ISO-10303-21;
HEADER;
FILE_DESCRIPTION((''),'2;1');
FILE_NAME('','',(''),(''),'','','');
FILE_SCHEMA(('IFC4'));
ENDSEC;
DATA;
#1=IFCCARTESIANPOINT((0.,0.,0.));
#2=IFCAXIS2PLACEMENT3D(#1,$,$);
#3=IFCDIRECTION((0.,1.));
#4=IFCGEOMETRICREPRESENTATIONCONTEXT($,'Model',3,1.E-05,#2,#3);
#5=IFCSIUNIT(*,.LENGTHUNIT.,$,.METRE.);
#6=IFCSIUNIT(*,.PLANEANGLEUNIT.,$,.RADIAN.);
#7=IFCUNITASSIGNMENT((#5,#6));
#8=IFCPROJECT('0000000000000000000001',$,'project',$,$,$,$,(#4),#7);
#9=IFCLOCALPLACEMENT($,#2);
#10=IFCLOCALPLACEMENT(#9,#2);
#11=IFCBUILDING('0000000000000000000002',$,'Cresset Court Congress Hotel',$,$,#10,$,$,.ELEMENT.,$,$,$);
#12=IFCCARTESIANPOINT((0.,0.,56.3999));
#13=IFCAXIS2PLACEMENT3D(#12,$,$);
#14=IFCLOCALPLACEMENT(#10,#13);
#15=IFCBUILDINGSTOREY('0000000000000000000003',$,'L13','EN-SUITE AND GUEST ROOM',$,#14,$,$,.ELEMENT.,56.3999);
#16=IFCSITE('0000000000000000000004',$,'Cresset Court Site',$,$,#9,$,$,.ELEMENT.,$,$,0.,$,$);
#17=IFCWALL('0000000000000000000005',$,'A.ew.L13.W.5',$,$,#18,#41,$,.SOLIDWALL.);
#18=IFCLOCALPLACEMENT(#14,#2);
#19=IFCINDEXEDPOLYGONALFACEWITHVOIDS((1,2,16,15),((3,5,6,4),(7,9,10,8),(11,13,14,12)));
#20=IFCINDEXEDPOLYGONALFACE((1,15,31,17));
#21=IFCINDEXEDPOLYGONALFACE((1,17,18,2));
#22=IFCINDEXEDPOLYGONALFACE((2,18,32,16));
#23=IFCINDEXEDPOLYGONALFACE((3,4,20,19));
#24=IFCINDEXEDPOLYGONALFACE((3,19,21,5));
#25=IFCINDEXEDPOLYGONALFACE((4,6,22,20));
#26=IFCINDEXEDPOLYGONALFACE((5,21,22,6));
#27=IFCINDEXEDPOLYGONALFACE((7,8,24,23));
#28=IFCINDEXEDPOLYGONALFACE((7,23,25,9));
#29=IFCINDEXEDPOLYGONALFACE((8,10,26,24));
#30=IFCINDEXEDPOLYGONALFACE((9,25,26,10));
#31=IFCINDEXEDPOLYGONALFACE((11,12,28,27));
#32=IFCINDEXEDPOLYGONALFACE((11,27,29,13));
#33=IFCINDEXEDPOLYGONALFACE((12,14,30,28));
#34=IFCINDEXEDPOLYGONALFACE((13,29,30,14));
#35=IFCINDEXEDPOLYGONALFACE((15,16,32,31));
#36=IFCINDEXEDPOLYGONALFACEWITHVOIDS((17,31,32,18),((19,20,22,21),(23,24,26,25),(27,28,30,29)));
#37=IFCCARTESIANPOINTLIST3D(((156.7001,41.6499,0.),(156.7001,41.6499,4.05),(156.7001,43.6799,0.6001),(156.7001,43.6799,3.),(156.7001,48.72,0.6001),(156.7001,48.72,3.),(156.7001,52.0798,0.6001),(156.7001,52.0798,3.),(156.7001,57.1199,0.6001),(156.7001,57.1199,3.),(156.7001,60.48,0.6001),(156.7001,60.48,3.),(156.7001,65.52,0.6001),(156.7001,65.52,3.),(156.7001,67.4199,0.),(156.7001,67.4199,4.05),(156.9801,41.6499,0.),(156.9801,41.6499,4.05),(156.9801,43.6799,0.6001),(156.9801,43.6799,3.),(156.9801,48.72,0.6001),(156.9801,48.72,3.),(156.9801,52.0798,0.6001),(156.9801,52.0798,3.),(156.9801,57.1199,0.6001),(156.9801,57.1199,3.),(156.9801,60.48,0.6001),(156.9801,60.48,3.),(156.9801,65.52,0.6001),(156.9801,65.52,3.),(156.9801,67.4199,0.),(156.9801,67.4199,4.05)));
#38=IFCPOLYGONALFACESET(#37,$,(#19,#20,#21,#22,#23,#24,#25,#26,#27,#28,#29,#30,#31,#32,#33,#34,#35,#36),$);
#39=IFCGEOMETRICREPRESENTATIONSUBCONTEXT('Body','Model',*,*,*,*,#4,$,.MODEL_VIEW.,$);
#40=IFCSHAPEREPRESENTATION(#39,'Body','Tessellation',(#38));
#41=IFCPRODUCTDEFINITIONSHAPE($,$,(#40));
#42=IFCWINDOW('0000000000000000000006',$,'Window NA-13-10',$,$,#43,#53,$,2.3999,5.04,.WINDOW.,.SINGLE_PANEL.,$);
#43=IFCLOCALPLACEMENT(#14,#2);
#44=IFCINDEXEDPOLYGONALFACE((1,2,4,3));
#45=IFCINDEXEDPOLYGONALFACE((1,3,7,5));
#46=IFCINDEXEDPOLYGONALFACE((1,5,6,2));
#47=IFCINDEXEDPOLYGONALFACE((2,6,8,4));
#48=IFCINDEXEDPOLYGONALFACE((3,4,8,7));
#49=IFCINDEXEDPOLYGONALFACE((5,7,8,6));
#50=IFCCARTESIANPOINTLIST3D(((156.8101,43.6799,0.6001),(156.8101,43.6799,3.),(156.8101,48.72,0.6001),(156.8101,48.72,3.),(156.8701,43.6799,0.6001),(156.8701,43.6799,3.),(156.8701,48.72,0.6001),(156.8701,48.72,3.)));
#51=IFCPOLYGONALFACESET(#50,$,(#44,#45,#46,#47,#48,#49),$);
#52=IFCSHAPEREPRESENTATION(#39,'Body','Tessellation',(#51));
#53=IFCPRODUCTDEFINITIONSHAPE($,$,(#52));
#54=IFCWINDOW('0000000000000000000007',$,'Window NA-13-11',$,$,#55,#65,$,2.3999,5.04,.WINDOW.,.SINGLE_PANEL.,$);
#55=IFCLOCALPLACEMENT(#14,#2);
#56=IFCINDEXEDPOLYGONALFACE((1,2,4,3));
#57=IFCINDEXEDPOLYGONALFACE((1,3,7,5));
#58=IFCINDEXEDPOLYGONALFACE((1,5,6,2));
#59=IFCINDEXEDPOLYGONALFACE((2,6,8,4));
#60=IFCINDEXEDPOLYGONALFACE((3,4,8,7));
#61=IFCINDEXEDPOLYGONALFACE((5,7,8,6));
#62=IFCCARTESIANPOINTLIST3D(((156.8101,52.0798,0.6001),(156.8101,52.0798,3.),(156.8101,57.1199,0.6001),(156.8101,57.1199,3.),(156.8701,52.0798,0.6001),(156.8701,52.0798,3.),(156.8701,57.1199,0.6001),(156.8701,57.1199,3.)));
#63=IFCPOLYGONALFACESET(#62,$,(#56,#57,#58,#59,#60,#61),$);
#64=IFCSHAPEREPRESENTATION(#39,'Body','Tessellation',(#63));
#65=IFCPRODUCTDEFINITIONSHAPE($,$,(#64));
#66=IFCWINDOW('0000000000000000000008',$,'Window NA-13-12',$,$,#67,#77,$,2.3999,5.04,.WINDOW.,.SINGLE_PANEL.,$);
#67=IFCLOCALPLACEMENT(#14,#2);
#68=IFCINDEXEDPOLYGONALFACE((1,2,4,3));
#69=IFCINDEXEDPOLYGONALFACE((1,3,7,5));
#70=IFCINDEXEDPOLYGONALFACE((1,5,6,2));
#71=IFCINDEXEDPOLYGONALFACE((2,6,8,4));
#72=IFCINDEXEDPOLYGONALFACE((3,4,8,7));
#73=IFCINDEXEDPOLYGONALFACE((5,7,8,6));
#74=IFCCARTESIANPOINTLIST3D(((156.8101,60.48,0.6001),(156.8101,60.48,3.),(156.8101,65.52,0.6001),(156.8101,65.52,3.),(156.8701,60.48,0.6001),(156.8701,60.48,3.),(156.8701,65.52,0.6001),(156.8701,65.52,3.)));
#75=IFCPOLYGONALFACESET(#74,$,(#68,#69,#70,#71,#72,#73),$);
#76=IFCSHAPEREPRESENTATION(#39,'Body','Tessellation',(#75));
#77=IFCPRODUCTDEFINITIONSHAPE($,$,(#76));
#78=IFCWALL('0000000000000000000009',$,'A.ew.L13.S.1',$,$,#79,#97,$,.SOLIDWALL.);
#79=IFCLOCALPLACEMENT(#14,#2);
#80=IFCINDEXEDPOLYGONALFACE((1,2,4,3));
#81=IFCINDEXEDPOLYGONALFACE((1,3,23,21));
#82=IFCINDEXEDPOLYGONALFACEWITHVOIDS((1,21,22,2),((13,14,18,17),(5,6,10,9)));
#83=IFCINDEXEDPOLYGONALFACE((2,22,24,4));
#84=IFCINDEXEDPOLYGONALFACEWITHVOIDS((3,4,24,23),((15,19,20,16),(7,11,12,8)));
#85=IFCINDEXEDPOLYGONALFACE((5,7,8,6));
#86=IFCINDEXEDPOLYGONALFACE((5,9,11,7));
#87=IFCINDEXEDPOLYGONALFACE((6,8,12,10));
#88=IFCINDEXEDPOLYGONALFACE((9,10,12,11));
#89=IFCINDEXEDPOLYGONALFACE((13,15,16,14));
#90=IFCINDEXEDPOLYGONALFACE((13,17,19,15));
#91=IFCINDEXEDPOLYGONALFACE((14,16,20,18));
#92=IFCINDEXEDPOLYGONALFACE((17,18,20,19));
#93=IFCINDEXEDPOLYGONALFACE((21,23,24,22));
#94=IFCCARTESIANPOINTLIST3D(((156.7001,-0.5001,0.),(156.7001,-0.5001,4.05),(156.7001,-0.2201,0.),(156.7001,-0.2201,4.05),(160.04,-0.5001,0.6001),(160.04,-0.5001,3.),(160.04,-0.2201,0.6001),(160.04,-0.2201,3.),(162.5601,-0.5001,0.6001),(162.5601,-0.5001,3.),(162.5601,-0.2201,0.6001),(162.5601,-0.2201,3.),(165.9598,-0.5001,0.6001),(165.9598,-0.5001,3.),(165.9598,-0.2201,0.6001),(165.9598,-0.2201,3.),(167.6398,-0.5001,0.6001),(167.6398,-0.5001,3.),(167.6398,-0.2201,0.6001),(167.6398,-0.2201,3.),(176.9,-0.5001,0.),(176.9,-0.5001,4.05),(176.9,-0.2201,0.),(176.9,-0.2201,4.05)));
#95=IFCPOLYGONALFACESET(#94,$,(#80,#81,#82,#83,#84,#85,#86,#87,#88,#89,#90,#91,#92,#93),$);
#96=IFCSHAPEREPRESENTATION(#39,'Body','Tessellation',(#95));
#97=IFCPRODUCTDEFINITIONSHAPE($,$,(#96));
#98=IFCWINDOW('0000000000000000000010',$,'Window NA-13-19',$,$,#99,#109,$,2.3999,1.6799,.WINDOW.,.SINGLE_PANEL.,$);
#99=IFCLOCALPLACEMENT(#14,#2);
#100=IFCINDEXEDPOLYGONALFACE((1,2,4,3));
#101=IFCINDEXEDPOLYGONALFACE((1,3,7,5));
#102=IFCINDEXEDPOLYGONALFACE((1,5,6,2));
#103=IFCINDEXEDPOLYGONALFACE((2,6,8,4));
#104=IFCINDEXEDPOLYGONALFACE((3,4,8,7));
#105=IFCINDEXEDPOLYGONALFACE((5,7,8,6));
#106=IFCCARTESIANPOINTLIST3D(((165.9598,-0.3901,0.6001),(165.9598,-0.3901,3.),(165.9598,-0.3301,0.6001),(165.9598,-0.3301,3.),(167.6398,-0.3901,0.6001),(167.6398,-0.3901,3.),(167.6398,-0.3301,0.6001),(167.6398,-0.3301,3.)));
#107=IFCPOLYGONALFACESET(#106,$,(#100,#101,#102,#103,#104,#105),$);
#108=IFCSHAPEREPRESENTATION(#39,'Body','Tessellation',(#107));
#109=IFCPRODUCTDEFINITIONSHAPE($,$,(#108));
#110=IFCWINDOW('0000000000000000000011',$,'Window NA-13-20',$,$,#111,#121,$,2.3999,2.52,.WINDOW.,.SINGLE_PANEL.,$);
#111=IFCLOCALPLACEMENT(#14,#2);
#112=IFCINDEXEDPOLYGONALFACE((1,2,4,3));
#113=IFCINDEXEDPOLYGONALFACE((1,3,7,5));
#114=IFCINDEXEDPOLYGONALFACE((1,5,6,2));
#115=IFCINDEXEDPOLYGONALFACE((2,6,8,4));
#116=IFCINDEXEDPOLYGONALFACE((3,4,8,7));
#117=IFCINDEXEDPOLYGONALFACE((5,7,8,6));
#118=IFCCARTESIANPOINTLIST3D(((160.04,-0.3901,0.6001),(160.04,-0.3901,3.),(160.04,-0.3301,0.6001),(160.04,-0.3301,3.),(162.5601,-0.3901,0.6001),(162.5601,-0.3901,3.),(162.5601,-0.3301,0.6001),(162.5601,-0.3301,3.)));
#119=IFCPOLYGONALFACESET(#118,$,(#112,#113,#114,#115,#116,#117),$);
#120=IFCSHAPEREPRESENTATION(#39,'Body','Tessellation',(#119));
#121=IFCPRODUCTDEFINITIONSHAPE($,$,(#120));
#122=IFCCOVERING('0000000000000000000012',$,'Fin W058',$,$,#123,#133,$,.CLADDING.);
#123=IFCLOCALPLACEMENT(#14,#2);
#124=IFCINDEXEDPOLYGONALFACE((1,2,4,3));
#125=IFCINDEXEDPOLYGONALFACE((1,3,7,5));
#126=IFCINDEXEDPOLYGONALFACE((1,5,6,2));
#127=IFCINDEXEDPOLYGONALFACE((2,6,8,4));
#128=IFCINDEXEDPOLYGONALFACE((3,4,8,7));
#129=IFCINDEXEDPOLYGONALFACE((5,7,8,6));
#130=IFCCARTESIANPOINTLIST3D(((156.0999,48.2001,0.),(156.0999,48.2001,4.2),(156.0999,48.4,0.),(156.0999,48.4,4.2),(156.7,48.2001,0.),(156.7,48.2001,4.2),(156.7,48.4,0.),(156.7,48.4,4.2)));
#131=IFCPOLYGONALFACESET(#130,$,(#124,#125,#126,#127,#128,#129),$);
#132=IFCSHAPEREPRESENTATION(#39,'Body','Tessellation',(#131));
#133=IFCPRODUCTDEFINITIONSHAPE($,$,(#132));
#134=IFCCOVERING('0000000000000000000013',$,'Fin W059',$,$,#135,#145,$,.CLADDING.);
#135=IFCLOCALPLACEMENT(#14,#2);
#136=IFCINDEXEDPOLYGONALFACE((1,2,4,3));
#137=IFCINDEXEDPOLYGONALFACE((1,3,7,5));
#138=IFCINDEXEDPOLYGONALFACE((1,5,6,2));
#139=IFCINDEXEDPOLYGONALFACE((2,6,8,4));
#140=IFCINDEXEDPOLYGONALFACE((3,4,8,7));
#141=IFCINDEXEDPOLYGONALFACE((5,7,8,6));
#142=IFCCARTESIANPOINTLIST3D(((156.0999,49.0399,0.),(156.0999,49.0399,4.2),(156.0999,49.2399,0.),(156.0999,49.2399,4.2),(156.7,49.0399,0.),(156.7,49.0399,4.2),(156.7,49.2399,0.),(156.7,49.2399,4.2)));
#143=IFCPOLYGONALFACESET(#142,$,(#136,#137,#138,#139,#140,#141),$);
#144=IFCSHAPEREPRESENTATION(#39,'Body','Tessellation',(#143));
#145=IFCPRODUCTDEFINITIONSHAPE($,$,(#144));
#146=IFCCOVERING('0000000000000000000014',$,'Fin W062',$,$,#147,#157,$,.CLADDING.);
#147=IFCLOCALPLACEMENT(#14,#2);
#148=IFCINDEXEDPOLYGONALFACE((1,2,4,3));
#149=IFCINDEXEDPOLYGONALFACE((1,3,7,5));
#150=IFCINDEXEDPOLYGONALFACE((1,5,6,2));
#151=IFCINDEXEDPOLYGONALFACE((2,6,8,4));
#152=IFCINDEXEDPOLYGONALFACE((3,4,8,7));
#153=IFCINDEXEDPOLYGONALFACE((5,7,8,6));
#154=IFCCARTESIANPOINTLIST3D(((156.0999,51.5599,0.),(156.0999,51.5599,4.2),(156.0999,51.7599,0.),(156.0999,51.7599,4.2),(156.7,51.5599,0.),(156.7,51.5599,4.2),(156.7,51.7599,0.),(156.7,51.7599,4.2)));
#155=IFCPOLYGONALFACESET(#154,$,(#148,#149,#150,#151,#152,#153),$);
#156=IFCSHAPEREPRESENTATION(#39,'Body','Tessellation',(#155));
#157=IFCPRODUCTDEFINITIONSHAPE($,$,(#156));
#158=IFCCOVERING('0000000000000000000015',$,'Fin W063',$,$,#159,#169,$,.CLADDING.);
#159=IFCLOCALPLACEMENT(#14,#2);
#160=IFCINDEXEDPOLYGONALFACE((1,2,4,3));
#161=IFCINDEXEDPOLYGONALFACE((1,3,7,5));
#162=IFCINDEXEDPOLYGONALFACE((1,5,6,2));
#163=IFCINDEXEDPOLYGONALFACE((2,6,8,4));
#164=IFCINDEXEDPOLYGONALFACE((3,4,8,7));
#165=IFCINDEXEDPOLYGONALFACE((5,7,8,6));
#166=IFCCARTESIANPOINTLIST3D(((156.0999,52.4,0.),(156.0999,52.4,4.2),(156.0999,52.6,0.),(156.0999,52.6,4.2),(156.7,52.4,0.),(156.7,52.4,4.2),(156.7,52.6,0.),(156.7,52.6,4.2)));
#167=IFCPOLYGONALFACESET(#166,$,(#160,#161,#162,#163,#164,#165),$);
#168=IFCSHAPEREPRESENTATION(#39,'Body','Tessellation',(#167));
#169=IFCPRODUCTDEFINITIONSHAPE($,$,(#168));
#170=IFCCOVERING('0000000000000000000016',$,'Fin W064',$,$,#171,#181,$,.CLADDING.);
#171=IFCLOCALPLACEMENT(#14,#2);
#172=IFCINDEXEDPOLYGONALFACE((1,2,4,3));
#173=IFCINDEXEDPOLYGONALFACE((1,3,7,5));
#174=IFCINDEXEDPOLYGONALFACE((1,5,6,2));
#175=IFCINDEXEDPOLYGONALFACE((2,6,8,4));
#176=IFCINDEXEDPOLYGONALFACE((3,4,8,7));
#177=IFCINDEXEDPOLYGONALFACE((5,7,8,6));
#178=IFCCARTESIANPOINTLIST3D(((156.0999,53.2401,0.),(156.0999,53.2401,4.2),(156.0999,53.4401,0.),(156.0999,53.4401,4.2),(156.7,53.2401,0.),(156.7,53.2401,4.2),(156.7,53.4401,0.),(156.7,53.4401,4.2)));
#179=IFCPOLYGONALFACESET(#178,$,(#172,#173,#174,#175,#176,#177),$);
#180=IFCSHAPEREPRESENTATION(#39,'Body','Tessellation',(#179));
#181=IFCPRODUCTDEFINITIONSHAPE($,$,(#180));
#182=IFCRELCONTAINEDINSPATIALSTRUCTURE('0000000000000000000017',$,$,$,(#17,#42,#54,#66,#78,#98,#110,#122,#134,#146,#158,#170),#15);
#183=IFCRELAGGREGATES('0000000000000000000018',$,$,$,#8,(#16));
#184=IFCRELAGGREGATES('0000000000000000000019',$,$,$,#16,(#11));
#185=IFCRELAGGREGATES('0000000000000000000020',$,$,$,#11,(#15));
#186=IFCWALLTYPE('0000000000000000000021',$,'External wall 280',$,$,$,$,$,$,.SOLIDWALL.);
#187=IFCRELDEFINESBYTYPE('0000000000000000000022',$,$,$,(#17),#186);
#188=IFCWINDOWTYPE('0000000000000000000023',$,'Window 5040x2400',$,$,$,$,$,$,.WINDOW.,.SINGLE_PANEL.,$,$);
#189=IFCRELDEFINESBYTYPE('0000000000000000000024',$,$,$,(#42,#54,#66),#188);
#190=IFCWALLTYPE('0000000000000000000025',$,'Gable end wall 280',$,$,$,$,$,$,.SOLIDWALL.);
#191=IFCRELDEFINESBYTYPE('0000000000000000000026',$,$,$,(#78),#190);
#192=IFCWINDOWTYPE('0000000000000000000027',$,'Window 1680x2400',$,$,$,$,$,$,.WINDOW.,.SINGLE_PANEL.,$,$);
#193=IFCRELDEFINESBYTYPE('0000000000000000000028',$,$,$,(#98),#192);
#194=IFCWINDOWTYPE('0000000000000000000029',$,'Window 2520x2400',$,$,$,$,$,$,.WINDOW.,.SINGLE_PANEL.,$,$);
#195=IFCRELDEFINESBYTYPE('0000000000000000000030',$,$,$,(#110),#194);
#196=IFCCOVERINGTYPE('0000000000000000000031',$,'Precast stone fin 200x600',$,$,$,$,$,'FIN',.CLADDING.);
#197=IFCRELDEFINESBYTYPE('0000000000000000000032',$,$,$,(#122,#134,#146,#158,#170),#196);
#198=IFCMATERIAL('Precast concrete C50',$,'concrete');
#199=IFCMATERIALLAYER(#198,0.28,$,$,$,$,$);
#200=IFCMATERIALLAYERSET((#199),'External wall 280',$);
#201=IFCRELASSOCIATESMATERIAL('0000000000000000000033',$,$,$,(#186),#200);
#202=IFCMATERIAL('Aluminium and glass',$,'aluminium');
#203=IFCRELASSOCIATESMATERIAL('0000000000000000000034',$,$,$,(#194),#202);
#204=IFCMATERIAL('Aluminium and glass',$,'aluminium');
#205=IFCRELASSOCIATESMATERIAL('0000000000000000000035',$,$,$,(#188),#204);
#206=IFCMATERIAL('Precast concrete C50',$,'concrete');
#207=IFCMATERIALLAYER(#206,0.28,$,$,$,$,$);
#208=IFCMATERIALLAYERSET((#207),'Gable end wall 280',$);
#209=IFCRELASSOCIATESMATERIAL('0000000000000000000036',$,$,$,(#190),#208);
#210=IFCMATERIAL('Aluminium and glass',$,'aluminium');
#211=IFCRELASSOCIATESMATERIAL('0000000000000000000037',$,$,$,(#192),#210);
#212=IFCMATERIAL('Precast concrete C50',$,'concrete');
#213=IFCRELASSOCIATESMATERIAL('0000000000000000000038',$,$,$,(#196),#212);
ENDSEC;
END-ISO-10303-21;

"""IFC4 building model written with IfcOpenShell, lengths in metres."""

from ifc_helpers import new_model, si_unit, direction, frame, frame_2d, origin, origin_2d, place, context, subcontext, project, spatial, rectangle, extrude, material, layer, layer_set, type_object, element, fill, save


model = new_model("IFC4")

# Units and contexts
model_context = context("Model", 3, precision=1e-05, world=origin(), true_north=direction((0.0, 1.0)))
body_context = subcontext(model_context, "Body", "Model", "MODEL_VIEW")
ifc_project = project(units=[si_unit("LENGTHUNIT", "METRE"), si_unit("PLANEANGLEUNIT", "RADIAN")], contexts=[model_context])

# Site, building, storey
site_placement = place(None, origin())
site = spatial("IfcSite", under=ifc_project, at=site_placement, Name="Cresset Court Site", CompositionType="ELEMENT", RefElevation=0.0)
building_placement = place(site_placement, origin())
building = spatial("IfcBuilding", under=site, at=building_placement, Name="Cresset Court Congress Hotel", CompositionType="ELEMENT")
storey_placement = place(building_placement, frame((0.0, 0.0, 56.3999)))
storey = spatial("IfcBuildingStorey", under=building, at=storey_placement, Name="L13", Description="EN-SUITE AND GUEST ROOM", CompositionType="ELEMENT", Elevation=56.3999)

# Shared definitions
ifc_material_1 = material(Name="Precast concrete C50", Category="concrete")
ifc_layer_1 = layer(ifc_material_1, 0.28)
ifc_layer_set_1 = layer_set([ifc_layer_1], Name="External wall 280")
wall_type_1 = type_object("IfcWallType", Name="External wall 280", PredefinedType="SOLIDWALL", material=ifc_layer_set_1)

# Shared definitions
ifc_material_2 = material(Name="Aluminium and glass", Category="aluminium")
window_type_1 = type_object("IfcWindowType", Name="Window 2520x2400", PartitioningType="SINGLE_PANEL", PredefinedType="WINDOW", material=ifc_material_2)
ifc_material_3 = material(Name="Aluminium and glass", Category="aluminium")
window_type_2 = type_object("IfcWindowType", Name="Window 5040x2400", PartitioningType="SINGLE_PANEL", PredefinedType="WINDOW", material=ifc_material_3)

# Walls, openings, windows
wall_1_placement = place(storey_placement, frame((156.8401, 41.6499, 0.0), z_axis=(0.0, 0.0, 1.0), x_axis=(0.0, 1.0, 0.0)))
wall_1 = element("IfcWall", 1, at=wall_1_placement, inside=storey, type_object=wall_type_1, Name="A.ew.L13.W.5", PredefinedType="SOLIDWALL", context=body_context, shape_type="SweptSolid", body=[
    extrude(rectangle(XDim=25.77, YDim=0.28, at=frame_2d((12.885, 0.0))), origin(), (0.0, 0.0, 1.0), 4.05),
])
opening_1_placement = place(wall_1_placement, frame((2.03, 0.0, 0.6001)))
opening_1 = element("IfcOpeningElement", 2, at=opening_1_placement, cuts=wall_1, PredefinedType="OPENING", context=body_context, shape_type="SweptSolid", body=[
    extrude(rectangle(XDim=5.04, YDim=2.3999, at=frame_2d((2.52, 1.2))), frame((0.0, 0.1499, 0.0), z_axis=(0.0, -1.0, 0.0), x_axis=(1.0, 0.0, 0.0)), (0.0, 0.0, 1.0), 0.3),
])
opening_2_placement = place(wall_1_placement, frame((10.4299, 0.0, 0.6001)))
opening_2 = element("IfcOpeningElement", 3, at=opening_2_placement, cuts=wall_1, PredefinedType="OPENING", context=body_context, shape_type="SweptSolid", body=[
    extrude(rectangle(XDim=5.04, YDim=2.3999, at=frame_2d((2.52, 1.2))), frame((0.0, 0.1499, 0.0), z_axis=(0.0, -1.0, 0.0), x_axis=(1.0, 0.0, 0.0)), (0.0, 0.0, 1.0), 0.3),
])
opening_3_placement = place(wall_1_placement, frame((18.8301, 0.0, 0.6001)))
opening_3 = element("IfcOpeningElement", 4, at=opening_3_placement, cuts=wall_1, PredefinedType="OPENING", context=body_context, shape_type="SweptSolid", body=[
    extrude(rectangle(XDim=5.04, YDim=2.3999, at=frame_2d((2.52, 1.2))), frame((0.0, 0.1499, 0.0), z_axis=(0.0, -1.0, 0.0), x_axis=(1.0, 0.0, 0.0)), (0.0, 0.0, 1.0), 0.3),
])
window_1_placement = place(opening_1_placement, origin())
window_1 = element("IfcWindow", 5, at=window_1_placement, inside=storey, type_object=window_type_2, Name="Window NA-13-10", OverallHeight=2.3999, OverallWidth=5.04, PartitioningType="SINGLE_PANEL", PredefinedType="WINDOW", context=body_context, shape_type="SweptSolid", body=[
    extrude(rectangle(XDim=5.04, YDim=2.3999, at=frame_2d((2.52, 1.2))), frame((0.0, 0.03, 0.0), z_axis=(0.0, -1.0, 0.0), x_axis=(1.0, 0.0, 0.0)), (0.0, 0.0, 1.0), 0.0601),
])
fill(opening_1, window_1)
window_2_placement = place(opening_2_placement, origin())
window_2 = element("IfcWindow", 6, at=window_2_placement, inside=storey, type_object=window_type_2, Name="Window NA-13-11", OverallHeight=2.3999, OverallWidth=5.04, PartitioningType="SINGLE_PANEL", PredefinedType="WINDOW", context=body_context, shape_type="SweptSolid", body=[
    extrude(rectangle(XDim=5.04, YDim=2.3999, at=frame_2d((2.52, 1.2))), frame((0.0, 0.03, 0.0), z_axis=(0.0, -1.0, 0.0), x_axis=(1.0, 0.0, 0.0)), (0.0, 0.0, 1.0), 0.0601),
])
fill(opening_2, window_2)
window_3_placement = place(opening_3_placement, origin())
window_3 = element("IfcWindow", 7, at=window_3_placement, inside=storey, type_object=window_type_2, Name="Window NA-13-12", OverallHeight=2.3999, OverallWidth=5.04, PartitioningType="SINGLE_PANEL", PredefinedType="WINDOW", context=body_context, shape_type="SweptSolid", body=[
    extrude(rectangle(XDim=5.04, YDim=2.3999, at=frame_2d((2.52, 1.2))), frame((0.0, 0.03, 0.0), z_axis=(0.0, -1.0, 0.0), x_axis=(1.0, 0.0, 0.0)), (0.0, 0.0, 1.0), 0.0601),
])
fill(opening_3, window_3)
ifc_material_4 = material(Name="Precast concrete C50", Category="concrete")
ifc_layer_2 = layer(ifc_material_4, 0.28)
ifc_layer_set_2 = layer_set([ifc_layer_2], Name="Gable end wall 280")
wall_type_2 = type_object("IfcWallType", Name="Gable end wall 280", PredefinedType="SOLIDWALL", material=ifc_layer_set_2)
wall_2_placement = place(storey_placement, frame((156.7, -0.3601, 0.0), z_axis=(0.0, 0.0, 1.0), x_axis=(1.0, 0.0, 0.0)))
wall_2 = element("IfcWall", 8, at=wall_2_placement, inside=storey, type_object=wall_type_2, Name="A.ew.L13.S.1", PredefinedType="SOLIDWALL", context=body_context, shape_type="SweptSolid", body=[
    extrude(rectangle(XDim=20.2, YDim=0.28, at=frame_2d((10.1001, 0.0))), origin(), (0.0, 0.0, 1.0), 4.05),
])
opening_4_placement = place(wall_2_placement, frame((9.26, 0.0, 0.6001)))
opening_4 = element("IfcOpeningElement", 9, at=opening_4_placement, cuts=wall_2, PredefinedType="OPENING", context=body_context, shape_type="SweptSolid", body=[
    extrude(rectangle(XDim=1.6799, YDim=2.3999, at=frame_2d((0.8398, 1.2))), frame((0.0, 0.1499, 0.0), z_axis=(0.0, -1.0, 0.0), x_axis=(1.0, 0.0, 0.0)), (0.0, 0.0, 1.0), 0.3),
])
opening_5_placement = place(wall_2_placement, frame((3.3401, 0.0, 0.6001)))
opening_5 = element("IfcOpeningElement", 10, at=opening_5_placement, cuts=wall_2, PredefinedType="OPENING", context=body_context, shape_type="SweptSolid", body=[
    extrude(rectangle(XDim=2.52, YDim=2.3999, at=frame_2d((1.26, 1.2))), frame((0.0, 0.1499, 0.0), z_axis=(0.0, -1.0, 0.0), x_axis=(1.0, 0.0, 0.0)), (0.0, 0.0, 1.0), 0.3),
])
ifc_material_5 = material(Name="Aluminium and glass", Category="aluminium")
window_type_3 = type_object("IfcWindowType", Name="Window 1680x2400", PartitioningType="SINGLE_PANEL", PredefinedType="WINDOW", material=ifc_material_5)
window_4_placement = place(opening_4_placement, origin())
window_4 = element("IfcWindow", 11, at=window_4_placement, inside=storey, type_object=window_type_3, Name="Window NA-13-19", OverallHeight=2.3999, OverallWidth=1.6799, PartitioningType="SINGLE_PANEL", PredefinedType="WINDOW", context=body_context, shape_type="SweptSolid", body=[
    extrude(rectangle(XDim=1.6799, YDim=2.3999, at=frame_2d((0.8398, 1.2))), frame((0.0, 0.03, 0.0), z_axis=(0.0, -1.0, 0.0), x_axis=(1.0, 0.0, 0.0)), (0.0, 0.0, 1.0), 0.0601),
])
fill(opening_4, window_4)
window_5_placement = place(opening_5_placement, origin())
window_5 = element("IfcWindow", 12, at=window_5_placement, inside=storey, type_object=window_type_1, Name="Window NA-13-20", OverallHeight=2.3999, OverallWidth=2.52, PartitioningType="SINGLE_PANEL", PredefinedType="WINDOW", context=body_context, shape_type="SweptSolid", body=[
    extrude(rectangle(XDim=2.52, YDim=2.3999, at=frame_2d((1.26, 1.2))), frame((0.0, 0.03, 0.0), z_axis=(0.0, -1.0, 0.0), x_axis=(1.0, 0.0, 0.0)), (0.0, 0.0, 1.0), 0.0601),
])
fill(opening_5, window_5)

# Coverings
ifc_material_6 = material(Name="Precast concrete C50", Category="concrete")
covering_type = type_object("IfcCoveringType", Name="Precast stone fin 200x600", ElementType="FIN", PredefinedType="CLADDING", material=ifc_material_6)
for number, where, z_axis, x_axis, name in (
    (13, (156.3999, 48.3, 0.0), (0.0, 0.0, 1.0), (1.0, 0.0, 0.0), "Fin W058"),
    (14, (156.3999, 49.1399, 0.0), (0.0, 0.0, 1.0), (1.0, 0.0, 0.0), "Fin W059"),
    (15, (156.3999, 51.6599, 0.0), (0.0, 0.0, 1.0), (1.0, 0.0, 0.0), "Fin W062"),
    (16, (156.3999, 52.5, 0.0), (0.0, 0.0, 1.0), (1.0, 0.0, 0.0), "Fin W063"),
    (17, (156.3999, 53.3401, 0.0), (0.0, 0.0, 1.0), (1.0, 0.0, 0.0), "Fin W064"),
):
    element("IfcCovering", number, at=place(storey_placement, frame(where, z_axis=z_axis, x_axis=x_axis)), inside=storey, type_object=covering_type, Name=name, PredefinedType="CLADDING", context=body_context, shape_type="SweptSolid", body=[
        extrude(rectangle(XDim=0.6001, YDim=0.2, at=origin_2d()), origin(), (0.0, 0.0, 1.0), 4.2),
    ])

save(model, "model.ifc")
